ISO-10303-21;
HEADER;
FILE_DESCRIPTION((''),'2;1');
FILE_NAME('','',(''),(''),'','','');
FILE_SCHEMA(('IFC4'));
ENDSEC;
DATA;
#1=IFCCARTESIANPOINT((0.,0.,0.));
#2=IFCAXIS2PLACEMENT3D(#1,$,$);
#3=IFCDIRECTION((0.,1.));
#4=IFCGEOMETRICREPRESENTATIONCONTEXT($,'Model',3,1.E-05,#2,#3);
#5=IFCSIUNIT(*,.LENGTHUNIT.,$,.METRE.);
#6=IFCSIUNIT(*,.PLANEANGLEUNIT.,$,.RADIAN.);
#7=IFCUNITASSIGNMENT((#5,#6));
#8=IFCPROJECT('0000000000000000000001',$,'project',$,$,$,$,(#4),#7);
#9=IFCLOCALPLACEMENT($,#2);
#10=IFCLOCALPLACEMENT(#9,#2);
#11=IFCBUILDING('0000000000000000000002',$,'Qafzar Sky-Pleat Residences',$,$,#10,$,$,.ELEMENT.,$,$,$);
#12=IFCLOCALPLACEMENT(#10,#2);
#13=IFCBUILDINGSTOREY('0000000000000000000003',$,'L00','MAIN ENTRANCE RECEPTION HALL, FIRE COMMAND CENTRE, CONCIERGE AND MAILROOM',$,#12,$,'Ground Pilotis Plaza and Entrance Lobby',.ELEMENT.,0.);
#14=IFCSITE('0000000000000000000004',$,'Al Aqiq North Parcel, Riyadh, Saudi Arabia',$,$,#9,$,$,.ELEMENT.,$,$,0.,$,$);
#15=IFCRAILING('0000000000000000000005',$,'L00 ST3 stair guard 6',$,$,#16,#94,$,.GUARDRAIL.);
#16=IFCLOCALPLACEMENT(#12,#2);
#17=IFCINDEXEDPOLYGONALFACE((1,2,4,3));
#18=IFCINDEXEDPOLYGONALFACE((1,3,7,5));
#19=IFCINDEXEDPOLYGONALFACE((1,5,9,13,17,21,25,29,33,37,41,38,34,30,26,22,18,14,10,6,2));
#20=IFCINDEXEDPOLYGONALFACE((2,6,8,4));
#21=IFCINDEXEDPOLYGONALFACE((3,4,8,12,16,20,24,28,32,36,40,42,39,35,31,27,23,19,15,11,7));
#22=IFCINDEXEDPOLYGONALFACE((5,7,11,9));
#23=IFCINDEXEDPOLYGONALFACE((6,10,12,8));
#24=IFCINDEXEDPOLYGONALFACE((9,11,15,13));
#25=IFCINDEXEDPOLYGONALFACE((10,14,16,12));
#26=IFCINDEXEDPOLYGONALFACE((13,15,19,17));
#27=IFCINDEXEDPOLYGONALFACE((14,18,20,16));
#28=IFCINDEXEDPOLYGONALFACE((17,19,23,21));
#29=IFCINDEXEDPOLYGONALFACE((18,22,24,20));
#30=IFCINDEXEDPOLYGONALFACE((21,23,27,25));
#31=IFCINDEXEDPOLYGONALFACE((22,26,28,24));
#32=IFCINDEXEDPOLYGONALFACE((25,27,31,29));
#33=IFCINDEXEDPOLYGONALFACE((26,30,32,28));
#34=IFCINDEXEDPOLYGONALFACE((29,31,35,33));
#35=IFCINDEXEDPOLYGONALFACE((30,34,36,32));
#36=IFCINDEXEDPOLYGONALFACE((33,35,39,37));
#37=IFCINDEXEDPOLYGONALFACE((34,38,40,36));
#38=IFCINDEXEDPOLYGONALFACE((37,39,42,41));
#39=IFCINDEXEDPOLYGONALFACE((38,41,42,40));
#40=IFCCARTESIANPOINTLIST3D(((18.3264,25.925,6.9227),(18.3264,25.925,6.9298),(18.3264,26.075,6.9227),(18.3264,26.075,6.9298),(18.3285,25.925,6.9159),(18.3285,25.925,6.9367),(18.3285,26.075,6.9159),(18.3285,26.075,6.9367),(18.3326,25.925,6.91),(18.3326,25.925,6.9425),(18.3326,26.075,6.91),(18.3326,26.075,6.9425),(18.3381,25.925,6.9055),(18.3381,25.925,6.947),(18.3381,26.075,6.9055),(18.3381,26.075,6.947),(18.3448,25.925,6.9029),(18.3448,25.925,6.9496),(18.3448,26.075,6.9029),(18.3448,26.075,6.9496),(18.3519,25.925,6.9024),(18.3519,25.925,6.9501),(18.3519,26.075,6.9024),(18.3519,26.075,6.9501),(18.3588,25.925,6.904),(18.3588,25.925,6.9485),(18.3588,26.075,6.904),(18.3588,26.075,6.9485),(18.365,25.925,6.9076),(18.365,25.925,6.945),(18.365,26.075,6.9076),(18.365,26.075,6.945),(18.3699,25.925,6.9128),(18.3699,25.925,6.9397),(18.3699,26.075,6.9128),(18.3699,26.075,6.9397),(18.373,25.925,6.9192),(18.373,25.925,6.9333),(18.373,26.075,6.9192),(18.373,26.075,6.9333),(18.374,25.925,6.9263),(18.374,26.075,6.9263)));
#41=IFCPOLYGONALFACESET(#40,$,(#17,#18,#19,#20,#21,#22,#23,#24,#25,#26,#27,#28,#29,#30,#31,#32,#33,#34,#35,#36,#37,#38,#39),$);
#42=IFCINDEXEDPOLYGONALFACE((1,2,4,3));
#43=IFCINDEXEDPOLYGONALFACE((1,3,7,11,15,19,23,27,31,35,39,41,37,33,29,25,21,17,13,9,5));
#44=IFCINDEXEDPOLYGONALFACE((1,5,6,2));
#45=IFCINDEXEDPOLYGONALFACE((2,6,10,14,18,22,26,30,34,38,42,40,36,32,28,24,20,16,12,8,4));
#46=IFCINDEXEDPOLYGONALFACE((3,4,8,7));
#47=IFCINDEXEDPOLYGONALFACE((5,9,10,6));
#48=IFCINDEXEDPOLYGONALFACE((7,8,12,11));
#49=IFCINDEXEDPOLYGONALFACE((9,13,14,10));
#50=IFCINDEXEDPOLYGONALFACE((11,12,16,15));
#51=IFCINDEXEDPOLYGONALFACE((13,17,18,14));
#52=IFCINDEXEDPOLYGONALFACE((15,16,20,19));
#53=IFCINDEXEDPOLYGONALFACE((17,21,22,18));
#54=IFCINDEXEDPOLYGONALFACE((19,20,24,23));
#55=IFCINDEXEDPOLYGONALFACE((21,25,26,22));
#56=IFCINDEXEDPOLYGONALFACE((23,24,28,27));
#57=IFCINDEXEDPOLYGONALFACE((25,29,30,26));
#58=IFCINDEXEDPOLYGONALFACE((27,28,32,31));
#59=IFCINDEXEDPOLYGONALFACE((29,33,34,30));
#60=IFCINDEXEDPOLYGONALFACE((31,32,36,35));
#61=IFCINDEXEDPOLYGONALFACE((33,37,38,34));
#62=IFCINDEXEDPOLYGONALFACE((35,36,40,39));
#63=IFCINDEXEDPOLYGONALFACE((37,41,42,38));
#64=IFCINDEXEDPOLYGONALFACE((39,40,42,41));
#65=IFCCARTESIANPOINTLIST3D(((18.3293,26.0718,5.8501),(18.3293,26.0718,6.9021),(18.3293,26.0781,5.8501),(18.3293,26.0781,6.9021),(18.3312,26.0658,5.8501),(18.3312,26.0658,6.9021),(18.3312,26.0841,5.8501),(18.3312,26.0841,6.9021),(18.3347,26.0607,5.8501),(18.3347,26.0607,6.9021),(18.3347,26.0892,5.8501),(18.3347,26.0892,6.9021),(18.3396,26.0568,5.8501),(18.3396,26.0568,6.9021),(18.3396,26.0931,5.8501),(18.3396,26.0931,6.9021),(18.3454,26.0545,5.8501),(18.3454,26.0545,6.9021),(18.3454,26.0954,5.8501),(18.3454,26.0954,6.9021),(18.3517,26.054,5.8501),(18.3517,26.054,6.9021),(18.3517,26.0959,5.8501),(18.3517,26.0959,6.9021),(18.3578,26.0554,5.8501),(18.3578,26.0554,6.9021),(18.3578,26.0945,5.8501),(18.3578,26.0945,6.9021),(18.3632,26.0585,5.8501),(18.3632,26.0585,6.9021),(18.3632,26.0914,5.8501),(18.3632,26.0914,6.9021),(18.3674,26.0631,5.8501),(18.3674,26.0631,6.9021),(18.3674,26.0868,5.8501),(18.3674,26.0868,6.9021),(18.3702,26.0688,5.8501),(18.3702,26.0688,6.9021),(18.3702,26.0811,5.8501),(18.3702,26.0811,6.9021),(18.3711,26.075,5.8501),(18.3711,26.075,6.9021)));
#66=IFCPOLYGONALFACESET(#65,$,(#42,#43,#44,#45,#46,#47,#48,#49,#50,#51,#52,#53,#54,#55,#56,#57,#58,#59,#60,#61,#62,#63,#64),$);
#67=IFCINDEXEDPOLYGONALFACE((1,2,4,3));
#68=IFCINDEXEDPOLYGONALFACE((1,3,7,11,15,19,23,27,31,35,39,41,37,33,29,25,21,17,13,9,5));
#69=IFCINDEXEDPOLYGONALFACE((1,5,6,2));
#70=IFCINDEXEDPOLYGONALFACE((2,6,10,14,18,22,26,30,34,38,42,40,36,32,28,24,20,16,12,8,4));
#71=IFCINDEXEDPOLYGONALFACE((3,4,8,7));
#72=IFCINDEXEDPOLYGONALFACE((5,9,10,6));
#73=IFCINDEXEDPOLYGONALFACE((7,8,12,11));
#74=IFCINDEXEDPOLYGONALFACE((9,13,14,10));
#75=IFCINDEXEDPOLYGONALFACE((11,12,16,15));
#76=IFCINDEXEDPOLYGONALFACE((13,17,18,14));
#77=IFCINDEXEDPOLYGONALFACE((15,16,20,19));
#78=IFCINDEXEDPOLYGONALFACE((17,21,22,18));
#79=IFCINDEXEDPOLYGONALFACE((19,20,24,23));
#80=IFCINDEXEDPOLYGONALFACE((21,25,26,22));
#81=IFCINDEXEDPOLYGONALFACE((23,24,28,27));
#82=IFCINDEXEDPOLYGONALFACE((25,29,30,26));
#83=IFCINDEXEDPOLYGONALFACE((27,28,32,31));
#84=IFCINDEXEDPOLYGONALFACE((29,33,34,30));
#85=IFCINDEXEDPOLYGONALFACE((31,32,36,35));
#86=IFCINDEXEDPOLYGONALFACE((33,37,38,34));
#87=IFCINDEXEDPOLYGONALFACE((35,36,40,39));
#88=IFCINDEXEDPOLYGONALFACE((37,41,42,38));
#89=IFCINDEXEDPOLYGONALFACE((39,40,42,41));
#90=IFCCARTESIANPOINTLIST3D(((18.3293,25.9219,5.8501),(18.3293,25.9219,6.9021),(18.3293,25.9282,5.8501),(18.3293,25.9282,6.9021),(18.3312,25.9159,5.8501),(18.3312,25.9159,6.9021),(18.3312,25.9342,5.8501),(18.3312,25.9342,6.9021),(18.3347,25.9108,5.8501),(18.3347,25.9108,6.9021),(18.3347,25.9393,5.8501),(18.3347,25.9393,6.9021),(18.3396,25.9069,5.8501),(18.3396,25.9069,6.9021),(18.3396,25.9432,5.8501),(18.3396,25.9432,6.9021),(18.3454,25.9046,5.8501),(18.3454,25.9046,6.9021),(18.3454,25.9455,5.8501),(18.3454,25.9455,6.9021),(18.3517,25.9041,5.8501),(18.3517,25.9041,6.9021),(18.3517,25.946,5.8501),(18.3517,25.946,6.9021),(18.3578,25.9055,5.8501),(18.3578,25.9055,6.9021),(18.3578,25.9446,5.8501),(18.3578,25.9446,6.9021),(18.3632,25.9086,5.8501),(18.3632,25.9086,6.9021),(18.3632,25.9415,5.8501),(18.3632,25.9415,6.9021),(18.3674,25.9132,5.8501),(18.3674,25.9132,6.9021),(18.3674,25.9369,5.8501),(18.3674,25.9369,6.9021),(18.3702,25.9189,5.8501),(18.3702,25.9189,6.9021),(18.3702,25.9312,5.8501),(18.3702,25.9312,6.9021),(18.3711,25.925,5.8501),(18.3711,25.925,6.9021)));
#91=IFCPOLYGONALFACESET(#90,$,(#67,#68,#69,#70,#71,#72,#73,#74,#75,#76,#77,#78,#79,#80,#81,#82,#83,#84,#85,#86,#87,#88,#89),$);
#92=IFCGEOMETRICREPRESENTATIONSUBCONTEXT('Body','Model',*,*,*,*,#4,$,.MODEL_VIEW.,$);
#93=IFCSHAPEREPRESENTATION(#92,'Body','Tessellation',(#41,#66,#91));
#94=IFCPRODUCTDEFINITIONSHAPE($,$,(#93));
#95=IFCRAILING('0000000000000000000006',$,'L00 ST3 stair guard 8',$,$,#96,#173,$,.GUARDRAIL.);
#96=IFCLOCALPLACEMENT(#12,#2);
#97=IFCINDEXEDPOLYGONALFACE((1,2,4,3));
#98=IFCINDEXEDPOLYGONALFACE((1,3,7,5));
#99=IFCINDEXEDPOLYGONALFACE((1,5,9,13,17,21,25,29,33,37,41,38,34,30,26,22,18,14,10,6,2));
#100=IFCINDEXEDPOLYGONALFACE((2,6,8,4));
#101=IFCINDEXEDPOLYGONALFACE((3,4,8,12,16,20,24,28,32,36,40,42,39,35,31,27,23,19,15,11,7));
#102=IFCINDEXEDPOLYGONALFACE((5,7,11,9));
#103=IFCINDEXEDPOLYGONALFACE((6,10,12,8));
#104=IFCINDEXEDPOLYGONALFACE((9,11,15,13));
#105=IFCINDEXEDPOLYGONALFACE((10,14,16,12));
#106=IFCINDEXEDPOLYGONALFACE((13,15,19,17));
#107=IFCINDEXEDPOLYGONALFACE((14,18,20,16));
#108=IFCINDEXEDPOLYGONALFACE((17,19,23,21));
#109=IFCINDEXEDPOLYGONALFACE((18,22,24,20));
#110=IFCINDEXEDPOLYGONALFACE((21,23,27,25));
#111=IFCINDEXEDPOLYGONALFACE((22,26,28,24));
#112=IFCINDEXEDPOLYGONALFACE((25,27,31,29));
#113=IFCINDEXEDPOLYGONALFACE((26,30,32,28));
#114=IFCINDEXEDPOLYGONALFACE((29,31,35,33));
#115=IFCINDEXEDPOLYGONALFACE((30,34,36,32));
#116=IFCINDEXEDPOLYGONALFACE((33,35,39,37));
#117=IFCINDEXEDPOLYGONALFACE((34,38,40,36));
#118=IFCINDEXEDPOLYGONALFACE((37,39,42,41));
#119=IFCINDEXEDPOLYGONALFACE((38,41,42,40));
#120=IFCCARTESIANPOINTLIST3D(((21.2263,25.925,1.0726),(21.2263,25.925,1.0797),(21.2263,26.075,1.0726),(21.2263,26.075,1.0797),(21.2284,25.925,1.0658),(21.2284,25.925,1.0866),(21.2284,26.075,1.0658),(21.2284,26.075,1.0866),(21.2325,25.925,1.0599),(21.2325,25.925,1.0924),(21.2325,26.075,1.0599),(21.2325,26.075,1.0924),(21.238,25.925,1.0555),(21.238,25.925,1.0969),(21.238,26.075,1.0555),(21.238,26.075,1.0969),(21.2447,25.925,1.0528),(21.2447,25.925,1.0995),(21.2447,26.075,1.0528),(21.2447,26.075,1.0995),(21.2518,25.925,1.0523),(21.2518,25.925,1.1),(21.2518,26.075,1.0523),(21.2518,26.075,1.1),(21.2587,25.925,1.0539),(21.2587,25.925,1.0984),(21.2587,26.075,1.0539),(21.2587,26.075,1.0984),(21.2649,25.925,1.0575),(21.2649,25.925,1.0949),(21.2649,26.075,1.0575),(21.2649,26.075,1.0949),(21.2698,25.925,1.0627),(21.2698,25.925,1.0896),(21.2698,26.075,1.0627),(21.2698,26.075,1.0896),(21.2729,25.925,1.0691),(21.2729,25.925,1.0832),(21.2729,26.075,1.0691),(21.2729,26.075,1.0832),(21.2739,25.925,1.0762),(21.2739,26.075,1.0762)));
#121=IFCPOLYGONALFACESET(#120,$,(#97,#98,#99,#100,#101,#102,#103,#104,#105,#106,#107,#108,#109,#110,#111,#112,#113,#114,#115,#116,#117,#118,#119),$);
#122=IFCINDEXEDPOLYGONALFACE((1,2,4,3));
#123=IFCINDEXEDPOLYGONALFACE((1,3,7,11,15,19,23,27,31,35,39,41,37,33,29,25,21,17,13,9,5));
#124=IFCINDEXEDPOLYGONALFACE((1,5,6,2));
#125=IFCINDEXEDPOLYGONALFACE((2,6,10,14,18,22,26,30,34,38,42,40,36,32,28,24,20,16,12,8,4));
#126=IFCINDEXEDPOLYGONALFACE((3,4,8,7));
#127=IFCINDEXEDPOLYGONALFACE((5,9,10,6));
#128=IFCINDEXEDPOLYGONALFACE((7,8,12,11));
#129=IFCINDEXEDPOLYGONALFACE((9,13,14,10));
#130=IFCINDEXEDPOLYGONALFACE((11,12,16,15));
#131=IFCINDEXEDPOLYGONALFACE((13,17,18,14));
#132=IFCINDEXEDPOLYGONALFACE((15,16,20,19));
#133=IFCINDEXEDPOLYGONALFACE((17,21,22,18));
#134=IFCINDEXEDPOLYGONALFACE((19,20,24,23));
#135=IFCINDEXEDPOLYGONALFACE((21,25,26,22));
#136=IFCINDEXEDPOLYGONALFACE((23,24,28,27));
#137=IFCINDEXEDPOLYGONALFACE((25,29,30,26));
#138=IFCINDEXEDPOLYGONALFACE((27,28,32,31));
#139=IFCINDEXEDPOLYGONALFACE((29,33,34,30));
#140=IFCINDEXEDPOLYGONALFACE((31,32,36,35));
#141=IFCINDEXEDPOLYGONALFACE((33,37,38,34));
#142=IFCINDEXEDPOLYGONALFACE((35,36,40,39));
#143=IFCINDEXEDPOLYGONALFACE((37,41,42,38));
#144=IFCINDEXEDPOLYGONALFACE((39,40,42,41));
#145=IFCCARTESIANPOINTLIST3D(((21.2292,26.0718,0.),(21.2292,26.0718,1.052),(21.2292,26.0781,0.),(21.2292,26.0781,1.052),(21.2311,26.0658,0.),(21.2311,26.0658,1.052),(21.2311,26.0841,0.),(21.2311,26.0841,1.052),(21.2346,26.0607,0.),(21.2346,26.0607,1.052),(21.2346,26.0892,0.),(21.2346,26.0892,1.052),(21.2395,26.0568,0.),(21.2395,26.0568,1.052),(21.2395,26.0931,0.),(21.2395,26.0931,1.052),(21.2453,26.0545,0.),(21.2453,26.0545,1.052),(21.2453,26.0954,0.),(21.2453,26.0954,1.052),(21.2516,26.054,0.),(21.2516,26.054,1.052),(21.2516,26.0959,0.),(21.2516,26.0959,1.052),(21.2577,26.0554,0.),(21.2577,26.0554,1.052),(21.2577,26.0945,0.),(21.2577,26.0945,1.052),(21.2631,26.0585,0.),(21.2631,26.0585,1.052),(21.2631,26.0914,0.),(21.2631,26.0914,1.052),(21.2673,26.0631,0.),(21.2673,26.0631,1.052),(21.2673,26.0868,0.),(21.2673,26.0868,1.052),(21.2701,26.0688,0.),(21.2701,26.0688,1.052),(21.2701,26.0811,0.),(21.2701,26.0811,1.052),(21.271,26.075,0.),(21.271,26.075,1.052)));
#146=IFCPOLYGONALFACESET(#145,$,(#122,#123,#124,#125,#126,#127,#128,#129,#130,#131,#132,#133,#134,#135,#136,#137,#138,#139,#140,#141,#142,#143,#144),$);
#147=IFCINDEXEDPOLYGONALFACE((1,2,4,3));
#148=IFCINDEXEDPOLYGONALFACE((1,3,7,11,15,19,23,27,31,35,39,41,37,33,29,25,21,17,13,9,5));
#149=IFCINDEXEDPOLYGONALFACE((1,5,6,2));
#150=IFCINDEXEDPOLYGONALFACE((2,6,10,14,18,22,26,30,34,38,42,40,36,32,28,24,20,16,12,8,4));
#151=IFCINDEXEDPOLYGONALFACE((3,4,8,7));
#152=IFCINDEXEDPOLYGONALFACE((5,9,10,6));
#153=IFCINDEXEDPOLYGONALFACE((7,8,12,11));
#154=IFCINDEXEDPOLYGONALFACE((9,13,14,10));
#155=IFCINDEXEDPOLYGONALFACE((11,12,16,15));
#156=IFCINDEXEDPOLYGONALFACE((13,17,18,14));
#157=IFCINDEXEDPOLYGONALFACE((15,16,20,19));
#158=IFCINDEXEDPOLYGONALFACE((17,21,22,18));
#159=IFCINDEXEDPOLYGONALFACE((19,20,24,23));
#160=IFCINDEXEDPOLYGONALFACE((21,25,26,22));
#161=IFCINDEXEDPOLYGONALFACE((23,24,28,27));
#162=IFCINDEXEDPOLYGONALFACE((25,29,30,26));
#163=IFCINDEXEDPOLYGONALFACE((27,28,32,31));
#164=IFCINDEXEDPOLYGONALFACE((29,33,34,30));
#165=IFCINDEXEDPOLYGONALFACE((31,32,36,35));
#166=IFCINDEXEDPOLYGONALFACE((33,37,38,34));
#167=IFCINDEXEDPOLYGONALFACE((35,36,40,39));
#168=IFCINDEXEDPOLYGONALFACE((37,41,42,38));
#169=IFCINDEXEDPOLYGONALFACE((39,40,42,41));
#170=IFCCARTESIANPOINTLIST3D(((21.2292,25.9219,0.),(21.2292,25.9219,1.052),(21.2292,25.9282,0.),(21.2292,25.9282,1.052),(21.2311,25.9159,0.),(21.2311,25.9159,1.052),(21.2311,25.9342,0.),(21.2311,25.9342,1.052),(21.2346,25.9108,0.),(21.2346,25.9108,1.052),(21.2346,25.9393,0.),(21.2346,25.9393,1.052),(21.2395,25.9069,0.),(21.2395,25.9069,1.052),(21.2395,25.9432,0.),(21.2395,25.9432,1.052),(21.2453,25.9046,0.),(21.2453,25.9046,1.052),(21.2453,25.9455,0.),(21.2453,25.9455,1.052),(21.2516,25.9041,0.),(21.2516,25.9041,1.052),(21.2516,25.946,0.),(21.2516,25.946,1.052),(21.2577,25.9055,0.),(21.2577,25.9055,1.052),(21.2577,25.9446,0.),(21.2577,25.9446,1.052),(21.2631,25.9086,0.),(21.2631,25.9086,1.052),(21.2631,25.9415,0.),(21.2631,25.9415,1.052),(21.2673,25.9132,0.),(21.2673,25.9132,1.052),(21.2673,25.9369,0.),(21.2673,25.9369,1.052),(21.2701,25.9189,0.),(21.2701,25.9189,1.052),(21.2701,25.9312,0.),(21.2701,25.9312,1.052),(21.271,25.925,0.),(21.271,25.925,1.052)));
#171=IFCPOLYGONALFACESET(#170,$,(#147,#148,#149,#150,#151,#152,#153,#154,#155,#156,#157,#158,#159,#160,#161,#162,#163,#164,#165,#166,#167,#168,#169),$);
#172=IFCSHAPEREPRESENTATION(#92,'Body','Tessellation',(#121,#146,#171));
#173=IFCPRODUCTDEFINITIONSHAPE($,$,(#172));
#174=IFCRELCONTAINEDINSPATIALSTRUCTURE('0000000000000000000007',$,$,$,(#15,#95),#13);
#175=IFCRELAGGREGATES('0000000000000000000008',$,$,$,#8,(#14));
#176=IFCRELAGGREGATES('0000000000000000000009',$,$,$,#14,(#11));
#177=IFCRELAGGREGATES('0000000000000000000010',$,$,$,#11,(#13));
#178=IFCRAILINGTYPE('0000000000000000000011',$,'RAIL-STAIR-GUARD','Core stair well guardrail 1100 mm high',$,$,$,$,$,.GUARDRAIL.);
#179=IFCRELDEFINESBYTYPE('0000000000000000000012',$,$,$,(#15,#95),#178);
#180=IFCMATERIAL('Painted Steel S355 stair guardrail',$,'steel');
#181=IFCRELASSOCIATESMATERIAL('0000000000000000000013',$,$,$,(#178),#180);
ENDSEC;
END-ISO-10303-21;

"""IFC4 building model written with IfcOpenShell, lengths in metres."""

from ifc_helpers import new_model, si_unit, direction, frame, origin, origin_2d, place, context, subcontext, project, spatial, circle, extrude, source, transform, mapped, material, type_object, element, save


model = new_model("IFC4")

# Units and contexts
model_context = context("Model", 3, precision=1e-05, world=origin(), true_north=direction((0.0, 1.0)))
body_context = subcontext(model_context, "Body", "Model", "MODEL_VIEW")
ifc_project = project(units=[si_unit("LENGTHUNIT", "METRE"), si_unit("PLANEANGLEUNIT", "RADIAN")], contexts=[model_context])

# Site, building, storey
site_placement = place(None, origin())
site = spatial("IfcSite", under=ifc_project, at=site_placement, Name="Al Aqiq North Parcel, Riyadh, Saudi Arabia", CompositionType="ELEMENT", RefElevation=0.0)
building_placement = place(site_placement, origin())
building = spatial("IfcBuilding", under=site, at=building_placement, Name="Qafzar Sky-Pleat Residences", CompositionType="ELEMENT")
storey_placement = place(building_placement, origin())
storey = spatial("IfcBuildingStorey", under=building, at=storey_placement, Name="L00", Description="MAIN ENTRANCE RECEPTION HALL, FIRE COMMAND CENTRE, CONCIERGE AND MAILROOM", LongName="Ground Pilotis Plaza and Entrance Lobby", CompositionType="ELEMENT", Elevation=0.0)

# Railings
ifc_material_1 = material(Name="Painted Steel S355 stair guardrail", Category="steel")
railing_type_1 = type_object("IfcRailingType", Name="RAIL-STAIR-GUARD", Description="Core stair well guardrail 1100 mm high", PredefinedType="GUARDRAIL", material=ifc_material_1)
shared_shape_1 = source(origin(), body_context, "Body", "SweptSolid", [
    extrude(circle(Radius=0.0239, at=origin_2d()), frame((0.0, 0.0, 1.0762), z_axis=(0.0, -1.0, 0.0), x_axis=(1.0, 0.0, 0.0)), (0.0, 0.0, 1.0), 0.1499),
    extrude(circle(Radius=0.021, at=origin_2d()), origin(), (0.0, 0.0, 1.0), 1.052),
    extrude(circle(Radius=0.021, at=origin_2d()), frame((0.0, -0.1499, 0.0)), (0.0, 0.0, 1.0), 1.052),
])
for number, where, name in (
    (1, (18.3501, 26.075, 5.8501), "L00 ST3 stair guard 6"),
    (2, (21.25, 26.075, 0.0), "L00 ST3 stair guard 8"),
):
    element("IfcRailing", number, at=place(storey_placement, frame(where)), inside=storey, type_object=railing_type_1, Name=name, PredefinedType="GUARDRAIL", context=body_context, shape_type="MappedRepresentation", body=[
        mapped(shared_shape_1, transform((0.0, 0.0, 0.0), x_axis=(1.0, 0.0, 0.0), y_axis=(0.0, 1.0, 0.0), z_axis=(0.0, 0.0, 1.0), scale=1.0)),
    ])

save(model, "model.ifc")
